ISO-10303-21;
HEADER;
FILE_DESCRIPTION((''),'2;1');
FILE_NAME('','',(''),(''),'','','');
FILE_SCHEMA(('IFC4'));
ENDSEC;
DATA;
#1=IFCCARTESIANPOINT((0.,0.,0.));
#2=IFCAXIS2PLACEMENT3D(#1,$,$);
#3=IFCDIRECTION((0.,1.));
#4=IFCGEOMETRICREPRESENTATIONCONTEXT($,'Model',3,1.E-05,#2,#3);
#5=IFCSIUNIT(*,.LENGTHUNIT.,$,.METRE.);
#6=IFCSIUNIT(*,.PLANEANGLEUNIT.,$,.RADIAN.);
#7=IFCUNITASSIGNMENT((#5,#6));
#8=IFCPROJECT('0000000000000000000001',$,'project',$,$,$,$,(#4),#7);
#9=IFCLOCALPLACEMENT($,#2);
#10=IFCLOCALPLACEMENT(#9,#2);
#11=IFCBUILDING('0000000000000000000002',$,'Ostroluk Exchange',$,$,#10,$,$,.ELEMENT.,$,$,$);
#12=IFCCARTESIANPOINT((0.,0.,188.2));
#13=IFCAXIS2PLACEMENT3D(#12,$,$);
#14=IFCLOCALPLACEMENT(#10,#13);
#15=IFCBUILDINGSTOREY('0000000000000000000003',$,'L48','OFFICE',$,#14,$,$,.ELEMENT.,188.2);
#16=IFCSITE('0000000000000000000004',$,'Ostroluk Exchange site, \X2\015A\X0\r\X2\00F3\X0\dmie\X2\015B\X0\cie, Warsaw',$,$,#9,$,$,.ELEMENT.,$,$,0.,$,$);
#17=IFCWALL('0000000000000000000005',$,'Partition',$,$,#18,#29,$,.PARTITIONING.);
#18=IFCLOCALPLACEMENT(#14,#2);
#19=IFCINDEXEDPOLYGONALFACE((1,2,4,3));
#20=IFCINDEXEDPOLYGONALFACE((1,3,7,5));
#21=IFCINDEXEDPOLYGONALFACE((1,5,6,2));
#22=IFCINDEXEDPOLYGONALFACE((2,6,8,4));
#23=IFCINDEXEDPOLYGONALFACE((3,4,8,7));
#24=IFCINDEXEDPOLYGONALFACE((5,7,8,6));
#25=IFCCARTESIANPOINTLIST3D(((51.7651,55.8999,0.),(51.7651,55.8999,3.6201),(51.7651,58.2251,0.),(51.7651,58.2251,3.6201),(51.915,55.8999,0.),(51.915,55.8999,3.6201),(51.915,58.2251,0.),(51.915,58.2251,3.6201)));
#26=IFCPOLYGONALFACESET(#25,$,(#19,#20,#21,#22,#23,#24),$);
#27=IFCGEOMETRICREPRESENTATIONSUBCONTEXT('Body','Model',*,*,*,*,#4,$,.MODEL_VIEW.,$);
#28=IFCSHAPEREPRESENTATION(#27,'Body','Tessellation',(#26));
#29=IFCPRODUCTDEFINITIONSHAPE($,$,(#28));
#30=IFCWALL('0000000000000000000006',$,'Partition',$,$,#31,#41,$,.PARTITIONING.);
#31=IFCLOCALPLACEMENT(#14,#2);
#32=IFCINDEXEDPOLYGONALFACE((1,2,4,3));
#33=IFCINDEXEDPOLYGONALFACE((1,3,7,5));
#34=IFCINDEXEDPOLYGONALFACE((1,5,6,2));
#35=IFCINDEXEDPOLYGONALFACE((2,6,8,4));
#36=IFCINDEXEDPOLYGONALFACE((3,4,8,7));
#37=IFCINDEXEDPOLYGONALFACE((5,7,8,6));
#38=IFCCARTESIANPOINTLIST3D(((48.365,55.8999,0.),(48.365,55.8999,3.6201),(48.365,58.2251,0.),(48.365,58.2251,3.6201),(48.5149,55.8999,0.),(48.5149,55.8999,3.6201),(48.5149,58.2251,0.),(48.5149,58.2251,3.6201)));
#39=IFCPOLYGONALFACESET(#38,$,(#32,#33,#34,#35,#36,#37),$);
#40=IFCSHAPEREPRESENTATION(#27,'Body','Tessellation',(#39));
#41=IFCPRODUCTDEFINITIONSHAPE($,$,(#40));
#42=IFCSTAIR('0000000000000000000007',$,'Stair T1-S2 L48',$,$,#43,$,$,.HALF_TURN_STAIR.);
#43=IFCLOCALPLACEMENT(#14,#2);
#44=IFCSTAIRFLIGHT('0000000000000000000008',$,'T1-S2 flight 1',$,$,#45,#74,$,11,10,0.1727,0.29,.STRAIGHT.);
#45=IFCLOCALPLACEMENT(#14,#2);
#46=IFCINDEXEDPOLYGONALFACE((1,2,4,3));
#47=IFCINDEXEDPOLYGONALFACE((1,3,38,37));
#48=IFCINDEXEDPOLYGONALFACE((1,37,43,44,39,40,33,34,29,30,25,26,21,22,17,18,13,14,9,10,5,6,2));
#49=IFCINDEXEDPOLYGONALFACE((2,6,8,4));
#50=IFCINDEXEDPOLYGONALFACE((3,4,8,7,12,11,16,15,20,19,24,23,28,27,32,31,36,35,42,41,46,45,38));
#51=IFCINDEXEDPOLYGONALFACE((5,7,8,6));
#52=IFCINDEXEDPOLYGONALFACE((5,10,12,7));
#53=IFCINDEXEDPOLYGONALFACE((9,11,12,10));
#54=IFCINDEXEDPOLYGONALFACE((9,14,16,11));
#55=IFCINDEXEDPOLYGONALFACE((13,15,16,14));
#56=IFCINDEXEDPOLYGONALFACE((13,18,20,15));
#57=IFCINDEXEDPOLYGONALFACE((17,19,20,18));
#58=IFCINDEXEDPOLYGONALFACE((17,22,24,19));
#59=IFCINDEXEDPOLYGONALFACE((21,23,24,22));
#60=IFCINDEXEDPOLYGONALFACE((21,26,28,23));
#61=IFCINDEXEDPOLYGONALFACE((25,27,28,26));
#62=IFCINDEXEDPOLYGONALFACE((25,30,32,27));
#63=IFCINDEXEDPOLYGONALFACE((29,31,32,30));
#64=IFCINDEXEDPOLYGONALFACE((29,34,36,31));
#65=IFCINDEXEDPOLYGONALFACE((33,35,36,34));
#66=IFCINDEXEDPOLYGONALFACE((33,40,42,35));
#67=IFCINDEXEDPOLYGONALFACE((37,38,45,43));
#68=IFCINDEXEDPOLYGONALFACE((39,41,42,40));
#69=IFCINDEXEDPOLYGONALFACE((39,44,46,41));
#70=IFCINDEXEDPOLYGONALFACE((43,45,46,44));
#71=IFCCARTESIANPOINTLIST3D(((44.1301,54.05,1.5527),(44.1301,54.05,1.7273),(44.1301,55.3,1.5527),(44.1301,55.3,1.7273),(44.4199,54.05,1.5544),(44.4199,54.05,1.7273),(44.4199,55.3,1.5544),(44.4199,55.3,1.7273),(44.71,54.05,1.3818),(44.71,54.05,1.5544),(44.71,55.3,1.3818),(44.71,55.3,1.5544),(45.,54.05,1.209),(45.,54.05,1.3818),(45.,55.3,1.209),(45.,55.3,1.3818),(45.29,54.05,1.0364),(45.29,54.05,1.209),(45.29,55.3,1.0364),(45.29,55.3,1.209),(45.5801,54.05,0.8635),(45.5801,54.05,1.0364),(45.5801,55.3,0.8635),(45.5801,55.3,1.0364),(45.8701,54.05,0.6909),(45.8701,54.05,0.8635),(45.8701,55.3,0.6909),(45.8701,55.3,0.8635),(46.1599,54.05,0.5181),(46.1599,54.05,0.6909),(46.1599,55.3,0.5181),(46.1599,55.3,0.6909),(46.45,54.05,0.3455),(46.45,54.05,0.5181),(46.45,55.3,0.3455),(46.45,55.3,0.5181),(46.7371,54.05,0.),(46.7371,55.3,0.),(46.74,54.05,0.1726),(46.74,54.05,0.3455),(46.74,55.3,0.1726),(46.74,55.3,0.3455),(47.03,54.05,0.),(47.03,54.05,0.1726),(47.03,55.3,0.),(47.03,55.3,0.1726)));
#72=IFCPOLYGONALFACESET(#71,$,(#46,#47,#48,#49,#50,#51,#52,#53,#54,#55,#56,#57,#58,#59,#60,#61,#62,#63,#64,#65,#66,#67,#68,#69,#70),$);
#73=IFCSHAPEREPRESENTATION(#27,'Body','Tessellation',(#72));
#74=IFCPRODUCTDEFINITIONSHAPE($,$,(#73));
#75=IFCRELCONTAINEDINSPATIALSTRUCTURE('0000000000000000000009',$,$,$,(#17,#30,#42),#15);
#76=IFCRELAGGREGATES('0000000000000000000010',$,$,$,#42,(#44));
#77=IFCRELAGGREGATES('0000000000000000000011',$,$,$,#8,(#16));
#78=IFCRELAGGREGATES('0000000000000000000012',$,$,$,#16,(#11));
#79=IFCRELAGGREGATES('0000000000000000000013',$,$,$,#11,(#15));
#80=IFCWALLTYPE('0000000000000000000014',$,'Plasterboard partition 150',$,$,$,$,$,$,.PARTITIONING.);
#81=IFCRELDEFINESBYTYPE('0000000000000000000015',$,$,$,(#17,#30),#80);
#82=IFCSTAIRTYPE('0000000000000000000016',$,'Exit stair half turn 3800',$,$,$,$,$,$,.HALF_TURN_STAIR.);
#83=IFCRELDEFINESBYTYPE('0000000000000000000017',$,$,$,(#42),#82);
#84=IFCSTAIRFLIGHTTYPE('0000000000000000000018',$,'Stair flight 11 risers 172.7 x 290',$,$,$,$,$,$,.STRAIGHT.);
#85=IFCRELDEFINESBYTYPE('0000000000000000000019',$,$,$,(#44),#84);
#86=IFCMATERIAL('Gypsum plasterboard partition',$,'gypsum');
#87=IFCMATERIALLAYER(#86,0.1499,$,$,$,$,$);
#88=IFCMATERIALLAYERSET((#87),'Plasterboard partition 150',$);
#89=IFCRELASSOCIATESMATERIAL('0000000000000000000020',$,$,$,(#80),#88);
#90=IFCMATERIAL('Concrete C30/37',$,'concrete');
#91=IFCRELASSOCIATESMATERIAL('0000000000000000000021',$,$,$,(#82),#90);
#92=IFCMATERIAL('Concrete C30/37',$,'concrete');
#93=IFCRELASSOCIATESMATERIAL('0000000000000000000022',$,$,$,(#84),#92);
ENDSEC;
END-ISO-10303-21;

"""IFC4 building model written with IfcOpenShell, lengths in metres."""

from ifc_helpers import new_model, si_unit, direction, frame, frame_2d, origin, place, context, subcontext, project, spatial, polyline, rectangle, outline, extrude, material, layer, layer_set, type_object, element, aggregate, save


model = new_model("IFC4")

# Units and contexts
model_context = context("Model", 3, precision=1e-05, world=origin(), true_north=direction((0.0, 1.0)))
body_context = subcontext(model_context, "Body", "Model", "MODEL_VIEW")
ifc_project = project(units=[si_unit("LENGTHUNIT", "METRE"), si_unit("PLANEANGLEUNIT", "RADIAN")], contexts=[model_context])

# Site, building, storey
site_placement = place(None, origin())
site = spatial("IfcSite", under=ifc_project, at=site_placement, Name="Ostroluk Exchange site, Śródmieście, Warsaw", CompositionType="ELEMENT", RefElevation=0.0)
building_placement = place(site_placement, origin())
building = spatial("IfcBuilding", under=site, at=building_placement, Name="Ostroluk Exchange", CompositionType="ELEMENT")
storey_placement = place(building_placement, frame((0.0, 0.0, 188.2)))
storey = spatial("IfcBuildingStorey", under=building, at=storey_placement, Name="L48", Description="OFFICE", CompositionType="ELEMENT", Elevation=188.2)

# Walls
ifc_material_1 = material(Name="Gypsum plasterboard partition", Category="gypsum")
ifc_layer_1 = layer(ifc_material_1, 0.1499)
ifc_layer_set_1 = layer_set([ifc_layer_1], Name="Plasterboard partition 150")
wall_type_1 = type_object("IfcWallType", Name="Plasterboard partition 150", PredefinedType="PARTITIONING", material=ifc_layer_set_1)
for number, where, z_axis, x_axis, name in (
    (1, (51.8401, 55.8999, 0.0), (0.0, 0.0, 1.0), (0.0, 1.0, 0.0), "Partition"),
    (2, (48.4399, 55.8999, 0.0), (0.0, 0.0, 1.0), (0.0, 1.0, 0.0), "Partition"),
):
    element("IfcWall", number, at=place(storey_placement, frame(where, z_axis=z_axis, x_axis=x_axis)), inside=storey, type_object=wall_type_1, Name=name, PredefinedType="PARTITIONING", context=body_context, shape_type="SweptSolid", body=[
        extrude(rectangle(XDim=2.3252, YDim=0.1499, at=frame_2d((1.1626, 0.0))), origin(), (0.0, 0.0, 1.0), 3.6201),
    ])

# Stair, stair flight
ifc_material_2 = material(Name="Concrete C30/37", Category="concrete")
stair_type = type_object("IfcStairType", Name="Exit stair half turn 3800", PredefinedType="HALF_TURN_STAIR", material=ifc_material_2)
stair_placement = place(storey_placement, origin())
stair = element("IfcStair", 3, at=stair_placement, inside=storey, type_object=stair_type, Name="Stair T1-S2 L48", PredefinedType="HALF_TURN_STAIR")
ifc_material_3 = material(Name="Concrete C30/37", Category="concrete")
stair_flight_type = type_object("IfcStairFlightType", Name="Stair flight 11 risers 172.7 x 290", PredefinedType="STRAIGHT", material=ifc_material_3)
stair_flight_placement = place(storey_placement, frame((47.03, 54.675, 0.0), z_axis=(0.0, 0.0, 1.0), x_axis=(-1.0, 0.0, 0.0)))
stair_flight = element("IfcStairFlight", 4, at=stair_flight_placement, type_object=stair_flight_type, Name="T1-S2 flight 1", NumberOfRisers=11, NumberOfTreads=10, PredefinedType="STRAIGHT", RiserHeight=0.1727, TreadLength=0.29, context=body_context, shape_type="SweptSolid", body=[
    extrude(outline(polyline([(0.0, 0.0), (0.0, 0.1726), (0.29, 0.1726), (0.29, 0.3455), (0.5801, 0.3455), (0.5801, 0.5181), (0.8701, 0.5181), (0.8701, 0.6909), (1.1599, 0.6909), (1.1599, 0.8635), (1.45, 0.8635), (1.45, 1.0364), (1.74, 1.0364), (1.74, 1.209), (2.03, 1.209), (2.03, 1.3818), (2.3201, 1.3818), (2.3201, 1.5544), (2.6101, 1.5544), (2.6101, 1.7273), (2.8999, 1.7273), (2.8999, 1.8999), (2.8999, 1.5527), (0.293, 0.0), (0.0, 0.0)])), frame((0.0, 0.625, 0.0), z_axis=(0.0, -1.0, 0.0), x_axis=(1.0, 0.0, 0.0)), (0.0, 0.0, 1.0), 1.25),
])
aggregate(stair, [stair_flight])

save(model, "model.ifc")
